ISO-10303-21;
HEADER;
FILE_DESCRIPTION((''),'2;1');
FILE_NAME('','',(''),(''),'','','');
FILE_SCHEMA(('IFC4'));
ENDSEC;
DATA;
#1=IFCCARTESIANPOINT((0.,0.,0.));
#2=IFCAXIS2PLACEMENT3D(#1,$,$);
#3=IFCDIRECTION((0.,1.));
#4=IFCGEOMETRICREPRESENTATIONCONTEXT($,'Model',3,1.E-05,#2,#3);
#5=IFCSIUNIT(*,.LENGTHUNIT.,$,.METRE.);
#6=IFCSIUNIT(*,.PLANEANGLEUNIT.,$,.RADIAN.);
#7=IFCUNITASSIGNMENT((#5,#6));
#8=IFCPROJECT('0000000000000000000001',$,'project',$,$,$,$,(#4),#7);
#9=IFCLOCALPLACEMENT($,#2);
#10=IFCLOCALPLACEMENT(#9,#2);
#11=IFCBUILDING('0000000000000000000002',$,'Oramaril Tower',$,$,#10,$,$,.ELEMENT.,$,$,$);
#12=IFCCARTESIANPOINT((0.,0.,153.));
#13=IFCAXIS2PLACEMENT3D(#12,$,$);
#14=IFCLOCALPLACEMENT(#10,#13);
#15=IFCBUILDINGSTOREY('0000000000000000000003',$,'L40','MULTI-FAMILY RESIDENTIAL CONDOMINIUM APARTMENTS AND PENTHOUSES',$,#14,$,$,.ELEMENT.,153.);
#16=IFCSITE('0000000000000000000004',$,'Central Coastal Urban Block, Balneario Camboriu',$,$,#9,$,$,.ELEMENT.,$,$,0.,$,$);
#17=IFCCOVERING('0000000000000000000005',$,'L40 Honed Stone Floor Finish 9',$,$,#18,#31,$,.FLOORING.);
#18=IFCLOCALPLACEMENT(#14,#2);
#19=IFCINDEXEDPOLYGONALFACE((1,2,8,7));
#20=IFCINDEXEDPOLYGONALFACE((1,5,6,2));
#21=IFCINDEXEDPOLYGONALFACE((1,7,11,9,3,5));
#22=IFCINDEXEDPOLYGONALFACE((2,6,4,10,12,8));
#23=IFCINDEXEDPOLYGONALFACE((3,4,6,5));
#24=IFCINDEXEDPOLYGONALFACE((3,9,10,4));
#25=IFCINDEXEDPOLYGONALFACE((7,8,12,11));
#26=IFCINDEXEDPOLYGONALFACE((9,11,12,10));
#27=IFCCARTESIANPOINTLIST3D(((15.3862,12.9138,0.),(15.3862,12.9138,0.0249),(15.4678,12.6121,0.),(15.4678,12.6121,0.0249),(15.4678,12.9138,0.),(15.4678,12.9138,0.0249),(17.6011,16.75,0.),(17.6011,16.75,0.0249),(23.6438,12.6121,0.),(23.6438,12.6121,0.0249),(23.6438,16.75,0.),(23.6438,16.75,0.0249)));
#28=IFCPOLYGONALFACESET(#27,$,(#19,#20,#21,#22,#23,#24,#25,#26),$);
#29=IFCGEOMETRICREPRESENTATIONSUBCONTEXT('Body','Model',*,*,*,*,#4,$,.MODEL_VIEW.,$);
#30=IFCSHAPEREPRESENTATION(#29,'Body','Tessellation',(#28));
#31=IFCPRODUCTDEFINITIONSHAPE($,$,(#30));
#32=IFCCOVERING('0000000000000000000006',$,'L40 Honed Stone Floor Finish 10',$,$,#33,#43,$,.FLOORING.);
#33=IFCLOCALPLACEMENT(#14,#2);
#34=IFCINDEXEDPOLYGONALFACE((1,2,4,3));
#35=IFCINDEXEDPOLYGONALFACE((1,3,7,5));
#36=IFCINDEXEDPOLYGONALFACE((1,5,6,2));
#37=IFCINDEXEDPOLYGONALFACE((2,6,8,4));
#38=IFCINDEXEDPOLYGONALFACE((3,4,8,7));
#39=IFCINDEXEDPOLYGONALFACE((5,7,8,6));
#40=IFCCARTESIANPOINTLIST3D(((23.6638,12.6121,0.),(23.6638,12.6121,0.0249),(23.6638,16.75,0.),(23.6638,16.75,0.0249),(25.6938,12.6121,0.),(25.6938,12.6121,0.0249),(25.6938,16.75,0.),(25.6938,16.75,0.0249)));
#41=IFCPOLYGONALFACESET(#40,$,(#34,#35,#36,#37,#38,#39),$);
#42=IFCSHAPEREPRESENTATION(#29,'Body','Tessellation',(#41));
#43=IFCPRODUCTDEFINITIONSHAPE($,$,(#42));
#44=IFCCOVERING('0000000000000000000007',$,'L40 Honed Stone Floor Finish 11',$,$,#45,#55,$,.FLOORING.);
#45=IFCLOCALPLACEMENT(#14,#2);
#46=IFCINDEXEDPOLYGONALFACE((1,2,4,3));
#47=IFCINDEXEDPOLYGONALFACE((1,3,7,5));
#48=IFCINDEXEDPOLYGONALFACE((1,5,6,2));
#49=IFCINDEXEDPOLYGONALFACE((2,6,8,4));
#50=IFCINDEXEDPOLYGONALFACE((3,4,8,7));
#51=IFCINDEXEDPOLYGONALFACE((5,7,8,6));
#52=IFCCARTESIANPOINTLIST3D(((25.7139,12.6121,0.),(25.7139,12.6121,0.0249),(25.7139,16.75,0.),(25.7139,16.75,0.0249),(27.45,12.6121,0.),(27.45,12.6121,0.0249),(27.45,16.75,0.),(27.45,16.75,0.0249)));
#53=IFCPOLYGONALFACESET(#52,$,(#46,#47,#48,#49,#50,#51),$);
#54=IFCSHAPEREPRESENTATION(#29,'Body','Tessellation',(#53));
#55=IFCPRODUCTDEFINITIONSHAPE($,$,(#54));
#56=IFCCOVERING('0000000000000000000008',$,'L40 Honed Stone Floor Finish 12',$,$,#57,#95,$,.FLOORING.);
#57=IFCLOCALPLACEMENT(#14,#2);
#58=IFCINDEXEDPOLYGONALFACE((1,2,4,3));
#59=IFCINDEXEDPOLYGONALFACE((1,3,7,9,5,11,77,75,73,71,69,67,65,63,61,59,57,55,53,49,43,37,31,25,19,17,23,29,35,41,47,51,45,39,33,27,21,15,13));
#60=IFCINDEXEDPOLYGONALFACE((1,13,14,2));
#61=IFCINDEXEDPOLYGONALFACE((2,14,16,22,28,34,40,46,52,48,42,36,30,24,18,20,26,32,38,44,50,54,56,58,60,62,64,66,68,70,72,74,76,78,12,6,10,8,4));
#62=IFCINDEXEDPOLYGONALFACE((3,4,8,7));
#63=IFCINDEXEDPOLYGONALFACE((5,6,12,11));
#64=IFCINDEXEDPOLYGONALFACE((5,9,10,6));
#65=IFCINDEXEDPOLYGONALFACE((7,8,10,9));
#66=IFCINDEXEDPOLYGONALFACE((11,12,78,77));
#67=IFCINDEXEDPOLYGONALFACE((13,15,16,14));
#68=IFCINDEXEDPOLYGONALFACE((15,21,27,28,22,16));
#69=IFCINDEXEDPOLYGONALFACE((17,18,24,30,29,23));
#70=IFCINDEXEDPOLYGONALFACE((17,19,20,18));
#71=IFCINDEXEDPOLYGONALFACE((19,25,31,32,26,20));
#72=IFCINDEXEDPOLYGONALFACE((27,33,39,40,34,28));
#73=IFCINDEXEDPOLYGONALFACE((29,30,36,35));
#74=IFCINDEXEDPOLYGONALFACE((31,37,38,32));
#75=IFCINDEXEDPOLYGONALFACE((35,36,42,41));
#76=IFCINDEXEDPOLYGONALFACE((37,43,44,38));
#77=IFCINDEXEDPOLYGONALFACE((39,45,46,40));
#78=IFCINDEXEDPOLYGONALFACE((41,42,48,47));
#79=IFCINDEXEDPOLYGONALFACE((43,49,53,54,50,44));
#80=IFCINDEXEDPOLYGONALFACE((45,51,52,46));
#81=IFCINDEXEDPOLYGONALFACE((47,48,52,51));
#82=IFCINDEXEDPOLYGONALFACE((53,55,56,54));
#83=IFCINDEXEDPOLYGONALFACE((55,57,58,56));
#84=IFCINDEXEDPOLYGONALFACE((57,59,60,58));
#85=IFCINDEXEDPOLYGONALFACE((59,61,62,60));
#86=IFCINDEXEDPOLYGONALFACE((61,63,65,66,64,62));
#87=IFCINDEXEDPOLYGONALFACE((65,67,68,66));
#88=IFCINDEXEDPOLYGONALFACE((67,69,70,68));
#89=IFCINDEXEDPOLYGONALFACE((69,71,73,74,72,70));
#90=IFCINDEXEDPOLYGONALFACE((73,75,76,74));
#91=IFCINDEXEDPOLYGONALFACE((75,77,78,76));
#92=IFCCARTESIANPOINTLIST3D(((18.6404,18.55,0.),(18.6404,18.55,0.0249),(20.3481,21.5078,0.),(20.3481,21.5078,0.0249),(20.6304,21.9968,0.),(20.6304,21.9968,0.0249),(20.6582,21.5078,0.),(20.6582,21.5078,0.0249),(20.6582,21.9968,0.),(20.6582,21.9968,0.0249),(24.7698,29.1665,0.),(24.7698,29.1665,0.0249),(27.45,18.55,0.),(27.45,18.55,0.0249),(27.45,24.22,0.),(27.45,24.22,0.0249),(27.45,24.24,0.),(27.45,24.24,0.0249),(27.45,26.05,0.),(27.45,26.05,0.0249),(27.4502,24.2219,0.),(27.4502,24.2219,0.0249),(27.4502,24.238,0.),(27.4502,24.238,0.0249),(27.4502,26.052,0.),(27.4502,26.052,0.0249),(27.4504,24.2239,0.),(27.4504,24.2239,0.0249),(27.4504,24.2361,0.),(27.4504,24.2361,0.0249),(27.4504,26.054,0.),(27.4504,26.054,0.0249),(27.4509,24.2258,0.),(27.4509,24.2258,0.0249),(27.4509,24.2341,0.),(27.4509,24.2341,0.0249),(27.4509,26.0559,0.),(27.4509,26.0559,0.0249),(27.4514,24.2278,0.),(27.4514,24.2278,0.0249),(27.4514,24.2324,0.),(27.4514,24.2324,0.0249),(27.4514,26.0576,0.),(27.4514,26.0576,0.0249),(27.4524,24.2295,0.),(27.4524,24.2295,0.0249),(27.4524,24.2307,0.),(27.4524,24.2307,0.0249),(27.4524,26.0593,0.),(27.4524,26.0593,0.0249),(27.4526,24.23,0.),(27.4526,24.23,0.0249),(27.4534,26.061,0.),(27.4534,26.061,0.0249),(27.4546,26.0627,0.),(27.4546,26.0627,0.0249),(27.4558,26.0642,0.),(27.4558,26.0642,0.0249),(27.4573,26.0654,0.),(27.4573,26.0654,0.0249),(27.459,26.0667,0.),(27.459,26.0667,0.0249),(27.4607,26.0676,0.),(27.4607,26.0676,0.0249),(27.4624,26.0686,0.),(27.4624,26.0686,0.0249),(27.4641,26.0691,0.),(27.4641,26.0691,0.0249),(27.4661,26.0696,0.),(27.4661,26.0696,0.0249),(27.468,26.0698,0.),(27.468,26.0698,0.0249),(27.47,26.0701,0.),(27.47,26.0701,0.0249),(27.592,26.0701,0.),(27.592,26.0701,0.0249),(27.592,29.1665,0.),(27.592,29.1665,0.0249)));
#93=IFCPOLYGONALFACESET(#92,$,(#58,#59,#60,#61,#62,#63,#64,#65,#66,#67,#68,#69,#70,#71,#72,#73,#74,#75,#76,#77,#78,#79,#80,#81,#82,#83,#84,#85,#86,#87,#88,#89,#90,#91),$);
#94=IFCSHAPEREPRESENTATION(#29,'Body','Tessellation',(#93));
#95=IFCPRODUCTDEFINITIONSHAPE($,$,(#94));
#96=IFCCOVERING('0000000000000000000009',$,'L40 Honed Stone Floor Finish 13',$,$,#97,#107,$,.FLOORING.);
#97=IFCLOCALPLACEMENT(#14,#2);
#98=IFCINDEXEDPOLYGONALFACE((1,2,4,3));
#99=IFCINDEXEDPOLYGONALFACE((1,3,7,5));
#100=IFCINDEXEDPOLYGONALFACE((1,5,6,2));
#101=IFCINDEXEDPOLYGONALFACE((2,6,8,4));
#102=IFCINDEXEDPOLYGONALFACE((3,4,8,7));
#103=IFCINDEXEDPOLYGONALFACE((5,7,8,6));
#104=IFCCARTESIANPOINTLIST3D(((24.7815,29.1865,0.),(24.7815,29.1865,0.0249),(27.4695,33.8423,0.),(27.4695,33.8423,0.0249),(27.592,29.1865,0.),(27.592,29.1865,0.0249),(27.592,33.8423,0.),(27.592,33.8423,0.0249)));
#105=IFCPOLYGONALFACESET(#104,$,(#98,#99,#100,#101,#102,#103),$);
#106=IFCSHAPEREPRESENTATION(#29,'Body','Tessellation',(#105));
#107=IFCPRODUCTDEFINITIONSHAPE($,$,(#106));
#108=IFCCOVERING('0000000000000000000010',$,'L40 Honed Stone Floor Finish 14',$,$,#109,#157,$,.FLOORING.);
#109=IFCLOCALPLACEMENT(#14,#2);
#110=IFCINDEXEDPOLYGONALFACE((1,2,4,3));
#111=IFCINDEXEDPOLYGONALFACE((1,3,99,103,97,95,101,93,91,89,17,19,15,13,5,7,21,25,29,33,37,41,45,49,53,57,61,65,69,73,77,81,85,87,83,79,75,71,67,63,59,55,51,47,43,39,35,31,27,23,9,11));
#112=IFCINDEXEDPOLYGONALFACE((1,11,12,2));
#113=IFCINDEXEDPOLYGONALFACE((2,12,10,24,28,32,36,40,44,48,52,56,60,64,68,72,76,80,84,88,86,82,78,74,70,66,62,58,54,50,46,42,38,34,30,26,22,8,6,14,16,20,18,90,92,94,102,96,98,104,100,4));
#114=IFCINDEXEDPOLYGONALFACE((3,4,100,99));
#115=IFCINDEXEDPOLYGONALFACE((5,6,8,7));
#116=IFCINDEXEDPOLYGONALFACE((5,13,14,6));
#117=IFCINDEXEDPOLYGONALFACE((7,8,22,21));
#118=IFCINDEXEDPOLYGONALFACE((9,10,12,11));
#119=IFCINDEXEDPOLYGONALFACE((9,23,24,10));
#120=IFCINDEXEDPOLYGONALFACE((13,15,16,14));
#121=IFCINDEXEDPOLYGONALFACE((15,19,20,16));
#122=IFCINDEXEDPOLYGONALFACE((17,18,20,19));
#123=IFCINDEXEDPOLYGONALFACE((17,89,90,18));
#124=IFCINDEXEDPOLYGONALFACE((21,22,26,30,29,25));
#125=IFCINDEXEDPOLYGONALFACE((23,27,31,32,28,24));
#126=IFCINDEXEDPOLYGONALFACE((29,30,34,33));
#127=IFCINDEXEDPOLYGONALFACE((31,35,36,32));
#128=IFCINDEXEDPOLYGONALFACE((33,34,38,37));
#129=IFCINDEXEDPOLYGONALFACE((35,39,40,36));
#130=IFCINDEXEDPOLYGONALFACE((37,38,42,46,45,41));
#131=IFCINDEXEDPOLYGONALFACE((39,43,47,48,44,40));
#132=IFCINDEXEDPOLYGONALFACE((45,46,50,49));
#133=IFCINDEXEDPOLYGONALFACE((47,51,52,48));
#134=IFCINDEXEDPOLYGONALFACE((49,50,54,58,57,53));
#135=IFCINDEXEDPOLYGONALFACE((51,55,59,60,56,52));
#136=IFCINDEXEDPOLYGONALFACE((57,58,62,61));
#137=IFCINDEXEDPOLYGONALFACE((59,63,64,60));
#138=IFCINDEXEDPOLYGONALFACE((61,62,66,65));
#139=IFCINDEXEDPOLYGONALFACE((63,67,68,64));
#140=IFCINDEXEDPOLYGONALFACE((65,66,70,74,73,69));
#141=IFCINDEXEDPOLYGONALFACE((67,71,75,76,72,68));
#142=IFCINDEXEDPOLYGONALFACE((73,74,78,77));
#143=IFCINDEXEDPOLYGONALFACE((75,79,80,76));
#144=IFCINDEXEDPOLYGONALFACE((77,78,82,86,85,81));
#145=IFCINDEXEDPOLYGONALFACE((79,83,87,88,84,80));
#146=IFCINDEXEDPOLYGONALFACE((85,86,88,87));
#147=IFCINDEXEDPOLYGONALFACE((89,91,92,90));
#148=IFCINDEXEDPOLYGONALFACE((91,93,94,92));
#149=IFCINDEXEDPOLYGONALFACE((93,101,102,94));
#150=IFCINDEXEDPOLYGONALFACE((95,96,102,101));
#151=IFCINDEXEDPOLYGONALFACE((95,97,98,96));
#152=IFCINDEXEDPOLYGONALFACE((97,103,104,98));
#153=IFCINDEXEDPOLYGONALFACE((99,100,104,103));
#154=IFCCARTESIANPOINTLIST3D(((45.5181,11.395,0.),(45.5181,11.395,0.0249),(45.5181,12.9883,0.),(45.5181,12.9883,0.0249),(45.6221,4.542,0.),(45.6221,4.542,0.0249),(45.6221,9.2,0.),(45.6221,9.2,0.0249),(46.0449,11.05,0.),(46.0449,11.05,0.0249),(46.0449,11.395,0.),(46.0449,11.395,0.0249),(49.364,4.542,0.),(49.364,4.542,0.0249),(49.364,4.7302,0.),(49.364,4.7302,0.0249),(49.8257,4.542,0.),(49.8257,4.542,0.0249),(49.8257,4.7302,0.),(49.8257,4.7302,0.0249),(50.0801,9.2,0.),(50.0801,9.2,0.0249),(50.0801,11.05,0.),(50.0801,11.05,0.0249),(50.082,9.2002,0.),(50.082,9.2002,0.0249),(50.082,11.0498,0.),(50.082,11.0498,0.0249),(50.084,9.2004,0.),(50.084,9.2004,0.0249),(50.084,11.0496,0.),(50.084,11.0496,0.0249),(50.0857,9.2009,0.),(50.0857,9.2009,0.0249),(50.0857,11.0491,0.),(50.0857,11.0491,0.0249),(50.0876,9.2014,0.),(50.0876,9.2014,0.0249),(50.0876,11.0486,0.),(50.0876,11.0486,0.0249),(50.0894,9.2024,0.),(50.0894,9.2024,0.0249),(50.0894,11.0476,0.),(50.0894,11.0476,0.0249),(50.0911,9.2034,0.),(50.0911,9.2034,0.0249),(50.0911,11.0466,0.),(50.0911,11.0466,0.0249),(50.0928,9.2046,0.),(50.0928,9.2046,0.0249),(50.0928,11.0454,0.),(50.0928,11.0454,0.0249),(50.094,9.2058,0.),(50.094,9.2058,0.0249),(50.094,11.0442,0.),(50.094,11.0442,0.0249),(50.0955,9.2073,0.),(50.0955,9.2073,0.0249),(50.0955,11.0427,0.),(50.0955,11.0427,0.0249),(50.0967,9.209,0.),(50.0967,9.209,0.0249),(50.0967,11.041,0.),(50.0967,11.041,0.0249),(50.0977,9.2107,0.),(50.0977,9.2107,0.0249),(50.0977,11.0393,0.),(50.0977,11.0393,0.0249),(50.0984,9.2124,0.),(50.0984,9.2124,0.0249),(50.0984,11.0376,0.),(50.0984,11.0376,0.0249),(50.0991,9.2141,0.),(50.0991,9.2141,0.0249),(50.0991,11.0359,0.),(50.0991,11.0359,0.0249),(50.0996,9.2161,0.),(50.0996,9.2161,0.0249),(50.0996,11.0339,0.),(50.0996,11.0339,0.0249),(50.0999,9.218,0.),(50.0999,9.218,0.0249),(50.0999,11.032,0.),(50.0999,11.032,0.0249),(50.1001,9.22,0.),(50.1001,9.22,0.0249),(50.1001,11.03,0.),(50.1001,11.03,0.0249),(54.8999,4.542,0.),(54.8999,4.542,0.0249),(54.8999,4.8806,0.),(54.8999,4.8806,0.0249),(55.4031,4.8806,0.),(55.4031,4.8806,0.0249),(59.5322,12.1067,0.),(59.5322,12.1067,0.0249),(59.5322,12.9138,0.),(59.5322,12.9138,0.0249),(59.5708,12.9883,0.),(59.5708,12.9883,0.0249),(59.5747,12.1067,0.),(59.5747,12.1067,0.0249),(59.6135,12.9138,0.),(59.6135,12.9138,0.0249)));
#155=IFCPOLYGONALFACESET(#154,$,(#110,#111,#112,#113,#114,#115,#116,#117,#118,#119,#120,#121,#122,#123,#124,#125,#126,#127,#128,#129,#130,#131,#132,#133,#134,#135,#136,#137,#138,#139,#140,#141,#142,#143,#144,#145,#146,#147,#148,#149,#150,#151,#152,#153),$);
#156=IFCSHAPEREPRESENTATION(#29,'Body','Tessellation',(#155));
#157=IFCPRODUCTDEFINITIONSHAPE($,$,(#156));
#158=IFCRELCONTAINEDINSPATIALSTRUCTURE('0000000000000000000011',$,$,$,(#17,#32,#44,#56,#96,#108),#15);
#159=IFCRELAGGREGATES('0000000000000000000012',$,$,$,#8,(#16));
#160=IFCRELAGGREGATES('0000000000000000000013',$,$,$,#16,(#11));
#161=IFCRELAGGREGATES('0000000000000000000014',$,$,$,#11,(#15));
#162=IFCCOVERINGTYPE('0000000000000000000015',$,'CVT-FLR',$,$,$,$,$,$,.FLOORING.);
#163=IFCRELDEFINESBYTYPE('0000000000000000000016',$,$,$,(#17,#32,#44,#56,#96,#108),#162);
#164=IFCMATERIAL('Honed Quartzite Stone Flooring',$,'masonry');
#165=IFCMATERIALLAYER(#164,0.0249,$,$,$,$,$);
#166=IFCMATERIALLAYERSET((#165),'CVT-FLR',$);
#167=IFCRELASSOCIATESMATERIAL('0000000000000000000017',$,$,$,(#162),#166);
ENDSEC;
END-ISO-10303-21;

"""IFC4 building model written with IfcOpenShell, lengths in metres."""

from ifc_helpers import new_model, si_unit, direction, frame, origin, place, context, subcontext, project, spatial, polyline, outline, extrude, material, layer, layer_set, type_object, element, save


model = new_model("IFC4")

# Units and contexts
model_context = context("Model", 3, precision=1e-05, world=origin(), true_north=direction((0.0, 1.0)))
body_context = subcontext(model_context, "Body", "Model", "MODEL_VIEW")
ifc_project = project(units=[si_unit("LENGTHUNIT", "METRE"), si_unit("PLANEANGLEUNIT", "RADIAN")], contexts=[model_context])

# Site, building, storey
site_placement = place(None, origin())
site = spatial("IfcSite", under=ifc_project, at=site_placement, Name="Central Coastal Urban Block, Balneario Camboriu", CompositionType="ELEMENT", RefElevation=0.0)
building_placement = place(site_placement, origin())
building = spatial("IfcBuilding", under=site, at=building_placement, Name="Oramaril Tower", CompositionType="ELEMENT")
storey_placement = place(building_placement, frame((0.0, 0.0, 153.0)))
storey = spatial("IfcBuildingStorey", under=building, at=storey_placement, Name="L40", Description="MULTI-FAMILY RESIDENTIAL CONDOMINIUM APARTMENTS AND PENTHOUSES", CompositionType="ELEMENT", Elevation=153.0)

# Coverings
ifc_material_1 = material(Name="Honed Quartzite Stone Flooring", Category="masonry")
ifc_layer_1 = layer(ifc_material_1, 0.0249)
ifc_layer_set_1 = layer_set([ifc_layer_1], Name="CVT-FLR")
covering_type_1 = type_object("IfcCoveringType", Name="CVT-FLR", PredefinedType="FLOORING", material=ifc_layer_set_1)
covering_1_placement = place(storey_placement, origin())
element("IfcCovering", 1, at=covering_1_placement, inside=storey, type_object=covering_type_1, Name="L40 Honed Stone Floor Finish 9", PredefinedType="FLOORING", context=body_context, shape_type="SweptSolid", body=[
    extrude(outline(polyline([(15.4678, 12.9138), (15.3862, 12.9138), (17.6011, 16.75), (23.6438, 16.75), (23.6438, 12.6121), (15.4678, 12.6121), (15.4678, 12.9138)])), origin(), (0.0, 0.0, 1.0), 0.0249),
])
covering_2_placement = place(storey_placement, origin())
element("IfcCovering", 2, at=covering_2_placement, inside=storey, type_object=covering_type_1, Name="L40 Honed Stone Floor Finish 10", PredefinedType="FLOORING", context=body_context, shape_type="SweptSolid", body=[
    extrude(outline(polyline([(25.6938, 12.6121), (23.6638, 12.6121), (23.6638, 16.75), (25.6938, 16.75), (25.6938, 12.6121)])), origin(), (0.0, 0.0, 1.0), 0.0249),
])
covering_3_placement = place(storey_placement, origin())
element("IfcCovering", 3, at=covering_3_placement, inside=storey, type_object=covering_type_1, Name="L40 Honed Stone Floor Finish 11", PredefinedType="FLOORING", context=body_context, shape_type="SweptSolid", body=[
    extrude(outline(polyline([(25.7139, 16.75), (27.45, 16.75), (27.45, 12.6121), (25.7139, 12.6121), (25.7139, 16.75)])), origin(), (0.0, 0.0, 1.0), 0.0249),
])
covering_4_placement = place(storey_placement, origin())
element("IfcCovering", 4, at=covering_4_placement, inside=storey, type_object=covering_type_1, Name="L40 Honed Stone Floor Finish 12", PredefinedType="FLOORING", context=body_context, shape_type="SweptSolid", body=[
    extrude(outline(polyline([(27.592, 26.0701), (27.47, 26.0701), (27.468, 26.0698), (27.4661, 26.0696), (27.4641, 26.0691), (27.4624, 26.0686), (27.4607, 26.0676), (27.459, 26.0667), (27.4573, 26.0654), (27.4558, 26.0642), (27.4546, 26.0627), (27.4534, 26.061), (27.4524, 26.0593), (27.4514, 26.0576), (27.4509, 26.0559), (27.4504, 26.054), (27.4502, 26.052), (27.45, 26.05), (27.45, 24.24), (27.4502, 24.238), (27.4504, 24.2361), (27.4509, 24.2341), (27.4514, 24.2324), (27.4524, 24.2307), (27.4526, 24.23), (27.4524, 24.2295), (27.4514, 24.2278), (27.4509, 24.2258), (27.4504, 24.2239), (27.4502, 24.2219), (27.45, 24.22), (27.45, 18.55), (18.6404, 18.55), (20.3481, 21.5078), (20.6582, 21.5078), (20.6582, 21.9968), (20.6304, 21.9968), (24.7698, 29.1665), (27.592, 29.1665), (27.592, 26.0701)])), origin(), (0.0, 0.0, 1.0), 0.0249),
])
covering_5_placement = place(storey_placement, origin())
element("IfcCovering", 5, at=covering_5_placement, inside=storey, type_object=covering_type_1, Name="L40 Honed Stone Floor Finish 13", PredefinedType="FLOORING", context=body_context, shape_type="SweptSolid", body=[
    extrude(outline(polyline([(27.4695, 33.8423), (27.592, 33.8423), (27.592, 29.1865), (24.7815, 29.1865), (27.4695, 33.8423)])), origin(), (0.0, 0.0, 1.0), 0.0249),
])
covering_6_placement = place(storey_placement, origin())
element("IfcCovering", 6, at=covering_6_placement, inside=storey, type_object=covering_type_1, Name="L40 Honed Stone Floor Finish 14", PredefinedType="FLOORING", context=body_context, shape_type="SweptSolid", body=[
    extrude(outline(polyline([(46.0449, 11.395), (45.5181, 11.395), (45.5181, 12.9883), (59.5708, 12.9883), (59.6135, 12.9138), (59.5322, 12.9138), (59.5322, 12.1067), (59.5747, 12.1067), (55.4031, 4.8806), (54.8999, 4.8806), (54.8999, 4.542), (49.8257, 4.542), (49.8257, 4.7302), (49.364, 4.7302), (49.364, 4.542), (45.6221, 4.542), (45.6221, 9.2), (50.0801, 9.2), (50.082, 9.2002), (50.084, 9.2004), (50.0857, 9.2009), (50.0876, 9.2014), (50.0894, 9.2024), (50.0911, 9.2034), (50.0928, 9.2046), (50.094, 9.2058), (50.0955, 9.2073), (50.0967, 9.209), (50.0977, 9.2107), (50.0984, 9.2124), (50.0991, 9.2141), (50.0996, 9.2161), (50.0999, 9.218), (50.1001, 9.22), (50.1001, 11.03), (50.0999, 11.032), (50.0996, 11.0339), (50.0991, 11.0359), (50.0984, 11.0376), (50.0977, 11.0393), (50.0967, 11.041), (50.0955, 11.0427), (50.094, 11.0442), (50.0928, 11.0454), (50.0911, 11.0466), (50.0894, 11.0476), (50.0876, 11.0486), (50.0857, 11.0491), (50.084, 11.0496), (50.082, 11.0498), (50.0801, 11.05), (46.0449, 11.05), (46.0449, 11.395)])), origin(), (0.0, 0.0, 1.0), 0.0249),
])

save(model, "model.ifc")
